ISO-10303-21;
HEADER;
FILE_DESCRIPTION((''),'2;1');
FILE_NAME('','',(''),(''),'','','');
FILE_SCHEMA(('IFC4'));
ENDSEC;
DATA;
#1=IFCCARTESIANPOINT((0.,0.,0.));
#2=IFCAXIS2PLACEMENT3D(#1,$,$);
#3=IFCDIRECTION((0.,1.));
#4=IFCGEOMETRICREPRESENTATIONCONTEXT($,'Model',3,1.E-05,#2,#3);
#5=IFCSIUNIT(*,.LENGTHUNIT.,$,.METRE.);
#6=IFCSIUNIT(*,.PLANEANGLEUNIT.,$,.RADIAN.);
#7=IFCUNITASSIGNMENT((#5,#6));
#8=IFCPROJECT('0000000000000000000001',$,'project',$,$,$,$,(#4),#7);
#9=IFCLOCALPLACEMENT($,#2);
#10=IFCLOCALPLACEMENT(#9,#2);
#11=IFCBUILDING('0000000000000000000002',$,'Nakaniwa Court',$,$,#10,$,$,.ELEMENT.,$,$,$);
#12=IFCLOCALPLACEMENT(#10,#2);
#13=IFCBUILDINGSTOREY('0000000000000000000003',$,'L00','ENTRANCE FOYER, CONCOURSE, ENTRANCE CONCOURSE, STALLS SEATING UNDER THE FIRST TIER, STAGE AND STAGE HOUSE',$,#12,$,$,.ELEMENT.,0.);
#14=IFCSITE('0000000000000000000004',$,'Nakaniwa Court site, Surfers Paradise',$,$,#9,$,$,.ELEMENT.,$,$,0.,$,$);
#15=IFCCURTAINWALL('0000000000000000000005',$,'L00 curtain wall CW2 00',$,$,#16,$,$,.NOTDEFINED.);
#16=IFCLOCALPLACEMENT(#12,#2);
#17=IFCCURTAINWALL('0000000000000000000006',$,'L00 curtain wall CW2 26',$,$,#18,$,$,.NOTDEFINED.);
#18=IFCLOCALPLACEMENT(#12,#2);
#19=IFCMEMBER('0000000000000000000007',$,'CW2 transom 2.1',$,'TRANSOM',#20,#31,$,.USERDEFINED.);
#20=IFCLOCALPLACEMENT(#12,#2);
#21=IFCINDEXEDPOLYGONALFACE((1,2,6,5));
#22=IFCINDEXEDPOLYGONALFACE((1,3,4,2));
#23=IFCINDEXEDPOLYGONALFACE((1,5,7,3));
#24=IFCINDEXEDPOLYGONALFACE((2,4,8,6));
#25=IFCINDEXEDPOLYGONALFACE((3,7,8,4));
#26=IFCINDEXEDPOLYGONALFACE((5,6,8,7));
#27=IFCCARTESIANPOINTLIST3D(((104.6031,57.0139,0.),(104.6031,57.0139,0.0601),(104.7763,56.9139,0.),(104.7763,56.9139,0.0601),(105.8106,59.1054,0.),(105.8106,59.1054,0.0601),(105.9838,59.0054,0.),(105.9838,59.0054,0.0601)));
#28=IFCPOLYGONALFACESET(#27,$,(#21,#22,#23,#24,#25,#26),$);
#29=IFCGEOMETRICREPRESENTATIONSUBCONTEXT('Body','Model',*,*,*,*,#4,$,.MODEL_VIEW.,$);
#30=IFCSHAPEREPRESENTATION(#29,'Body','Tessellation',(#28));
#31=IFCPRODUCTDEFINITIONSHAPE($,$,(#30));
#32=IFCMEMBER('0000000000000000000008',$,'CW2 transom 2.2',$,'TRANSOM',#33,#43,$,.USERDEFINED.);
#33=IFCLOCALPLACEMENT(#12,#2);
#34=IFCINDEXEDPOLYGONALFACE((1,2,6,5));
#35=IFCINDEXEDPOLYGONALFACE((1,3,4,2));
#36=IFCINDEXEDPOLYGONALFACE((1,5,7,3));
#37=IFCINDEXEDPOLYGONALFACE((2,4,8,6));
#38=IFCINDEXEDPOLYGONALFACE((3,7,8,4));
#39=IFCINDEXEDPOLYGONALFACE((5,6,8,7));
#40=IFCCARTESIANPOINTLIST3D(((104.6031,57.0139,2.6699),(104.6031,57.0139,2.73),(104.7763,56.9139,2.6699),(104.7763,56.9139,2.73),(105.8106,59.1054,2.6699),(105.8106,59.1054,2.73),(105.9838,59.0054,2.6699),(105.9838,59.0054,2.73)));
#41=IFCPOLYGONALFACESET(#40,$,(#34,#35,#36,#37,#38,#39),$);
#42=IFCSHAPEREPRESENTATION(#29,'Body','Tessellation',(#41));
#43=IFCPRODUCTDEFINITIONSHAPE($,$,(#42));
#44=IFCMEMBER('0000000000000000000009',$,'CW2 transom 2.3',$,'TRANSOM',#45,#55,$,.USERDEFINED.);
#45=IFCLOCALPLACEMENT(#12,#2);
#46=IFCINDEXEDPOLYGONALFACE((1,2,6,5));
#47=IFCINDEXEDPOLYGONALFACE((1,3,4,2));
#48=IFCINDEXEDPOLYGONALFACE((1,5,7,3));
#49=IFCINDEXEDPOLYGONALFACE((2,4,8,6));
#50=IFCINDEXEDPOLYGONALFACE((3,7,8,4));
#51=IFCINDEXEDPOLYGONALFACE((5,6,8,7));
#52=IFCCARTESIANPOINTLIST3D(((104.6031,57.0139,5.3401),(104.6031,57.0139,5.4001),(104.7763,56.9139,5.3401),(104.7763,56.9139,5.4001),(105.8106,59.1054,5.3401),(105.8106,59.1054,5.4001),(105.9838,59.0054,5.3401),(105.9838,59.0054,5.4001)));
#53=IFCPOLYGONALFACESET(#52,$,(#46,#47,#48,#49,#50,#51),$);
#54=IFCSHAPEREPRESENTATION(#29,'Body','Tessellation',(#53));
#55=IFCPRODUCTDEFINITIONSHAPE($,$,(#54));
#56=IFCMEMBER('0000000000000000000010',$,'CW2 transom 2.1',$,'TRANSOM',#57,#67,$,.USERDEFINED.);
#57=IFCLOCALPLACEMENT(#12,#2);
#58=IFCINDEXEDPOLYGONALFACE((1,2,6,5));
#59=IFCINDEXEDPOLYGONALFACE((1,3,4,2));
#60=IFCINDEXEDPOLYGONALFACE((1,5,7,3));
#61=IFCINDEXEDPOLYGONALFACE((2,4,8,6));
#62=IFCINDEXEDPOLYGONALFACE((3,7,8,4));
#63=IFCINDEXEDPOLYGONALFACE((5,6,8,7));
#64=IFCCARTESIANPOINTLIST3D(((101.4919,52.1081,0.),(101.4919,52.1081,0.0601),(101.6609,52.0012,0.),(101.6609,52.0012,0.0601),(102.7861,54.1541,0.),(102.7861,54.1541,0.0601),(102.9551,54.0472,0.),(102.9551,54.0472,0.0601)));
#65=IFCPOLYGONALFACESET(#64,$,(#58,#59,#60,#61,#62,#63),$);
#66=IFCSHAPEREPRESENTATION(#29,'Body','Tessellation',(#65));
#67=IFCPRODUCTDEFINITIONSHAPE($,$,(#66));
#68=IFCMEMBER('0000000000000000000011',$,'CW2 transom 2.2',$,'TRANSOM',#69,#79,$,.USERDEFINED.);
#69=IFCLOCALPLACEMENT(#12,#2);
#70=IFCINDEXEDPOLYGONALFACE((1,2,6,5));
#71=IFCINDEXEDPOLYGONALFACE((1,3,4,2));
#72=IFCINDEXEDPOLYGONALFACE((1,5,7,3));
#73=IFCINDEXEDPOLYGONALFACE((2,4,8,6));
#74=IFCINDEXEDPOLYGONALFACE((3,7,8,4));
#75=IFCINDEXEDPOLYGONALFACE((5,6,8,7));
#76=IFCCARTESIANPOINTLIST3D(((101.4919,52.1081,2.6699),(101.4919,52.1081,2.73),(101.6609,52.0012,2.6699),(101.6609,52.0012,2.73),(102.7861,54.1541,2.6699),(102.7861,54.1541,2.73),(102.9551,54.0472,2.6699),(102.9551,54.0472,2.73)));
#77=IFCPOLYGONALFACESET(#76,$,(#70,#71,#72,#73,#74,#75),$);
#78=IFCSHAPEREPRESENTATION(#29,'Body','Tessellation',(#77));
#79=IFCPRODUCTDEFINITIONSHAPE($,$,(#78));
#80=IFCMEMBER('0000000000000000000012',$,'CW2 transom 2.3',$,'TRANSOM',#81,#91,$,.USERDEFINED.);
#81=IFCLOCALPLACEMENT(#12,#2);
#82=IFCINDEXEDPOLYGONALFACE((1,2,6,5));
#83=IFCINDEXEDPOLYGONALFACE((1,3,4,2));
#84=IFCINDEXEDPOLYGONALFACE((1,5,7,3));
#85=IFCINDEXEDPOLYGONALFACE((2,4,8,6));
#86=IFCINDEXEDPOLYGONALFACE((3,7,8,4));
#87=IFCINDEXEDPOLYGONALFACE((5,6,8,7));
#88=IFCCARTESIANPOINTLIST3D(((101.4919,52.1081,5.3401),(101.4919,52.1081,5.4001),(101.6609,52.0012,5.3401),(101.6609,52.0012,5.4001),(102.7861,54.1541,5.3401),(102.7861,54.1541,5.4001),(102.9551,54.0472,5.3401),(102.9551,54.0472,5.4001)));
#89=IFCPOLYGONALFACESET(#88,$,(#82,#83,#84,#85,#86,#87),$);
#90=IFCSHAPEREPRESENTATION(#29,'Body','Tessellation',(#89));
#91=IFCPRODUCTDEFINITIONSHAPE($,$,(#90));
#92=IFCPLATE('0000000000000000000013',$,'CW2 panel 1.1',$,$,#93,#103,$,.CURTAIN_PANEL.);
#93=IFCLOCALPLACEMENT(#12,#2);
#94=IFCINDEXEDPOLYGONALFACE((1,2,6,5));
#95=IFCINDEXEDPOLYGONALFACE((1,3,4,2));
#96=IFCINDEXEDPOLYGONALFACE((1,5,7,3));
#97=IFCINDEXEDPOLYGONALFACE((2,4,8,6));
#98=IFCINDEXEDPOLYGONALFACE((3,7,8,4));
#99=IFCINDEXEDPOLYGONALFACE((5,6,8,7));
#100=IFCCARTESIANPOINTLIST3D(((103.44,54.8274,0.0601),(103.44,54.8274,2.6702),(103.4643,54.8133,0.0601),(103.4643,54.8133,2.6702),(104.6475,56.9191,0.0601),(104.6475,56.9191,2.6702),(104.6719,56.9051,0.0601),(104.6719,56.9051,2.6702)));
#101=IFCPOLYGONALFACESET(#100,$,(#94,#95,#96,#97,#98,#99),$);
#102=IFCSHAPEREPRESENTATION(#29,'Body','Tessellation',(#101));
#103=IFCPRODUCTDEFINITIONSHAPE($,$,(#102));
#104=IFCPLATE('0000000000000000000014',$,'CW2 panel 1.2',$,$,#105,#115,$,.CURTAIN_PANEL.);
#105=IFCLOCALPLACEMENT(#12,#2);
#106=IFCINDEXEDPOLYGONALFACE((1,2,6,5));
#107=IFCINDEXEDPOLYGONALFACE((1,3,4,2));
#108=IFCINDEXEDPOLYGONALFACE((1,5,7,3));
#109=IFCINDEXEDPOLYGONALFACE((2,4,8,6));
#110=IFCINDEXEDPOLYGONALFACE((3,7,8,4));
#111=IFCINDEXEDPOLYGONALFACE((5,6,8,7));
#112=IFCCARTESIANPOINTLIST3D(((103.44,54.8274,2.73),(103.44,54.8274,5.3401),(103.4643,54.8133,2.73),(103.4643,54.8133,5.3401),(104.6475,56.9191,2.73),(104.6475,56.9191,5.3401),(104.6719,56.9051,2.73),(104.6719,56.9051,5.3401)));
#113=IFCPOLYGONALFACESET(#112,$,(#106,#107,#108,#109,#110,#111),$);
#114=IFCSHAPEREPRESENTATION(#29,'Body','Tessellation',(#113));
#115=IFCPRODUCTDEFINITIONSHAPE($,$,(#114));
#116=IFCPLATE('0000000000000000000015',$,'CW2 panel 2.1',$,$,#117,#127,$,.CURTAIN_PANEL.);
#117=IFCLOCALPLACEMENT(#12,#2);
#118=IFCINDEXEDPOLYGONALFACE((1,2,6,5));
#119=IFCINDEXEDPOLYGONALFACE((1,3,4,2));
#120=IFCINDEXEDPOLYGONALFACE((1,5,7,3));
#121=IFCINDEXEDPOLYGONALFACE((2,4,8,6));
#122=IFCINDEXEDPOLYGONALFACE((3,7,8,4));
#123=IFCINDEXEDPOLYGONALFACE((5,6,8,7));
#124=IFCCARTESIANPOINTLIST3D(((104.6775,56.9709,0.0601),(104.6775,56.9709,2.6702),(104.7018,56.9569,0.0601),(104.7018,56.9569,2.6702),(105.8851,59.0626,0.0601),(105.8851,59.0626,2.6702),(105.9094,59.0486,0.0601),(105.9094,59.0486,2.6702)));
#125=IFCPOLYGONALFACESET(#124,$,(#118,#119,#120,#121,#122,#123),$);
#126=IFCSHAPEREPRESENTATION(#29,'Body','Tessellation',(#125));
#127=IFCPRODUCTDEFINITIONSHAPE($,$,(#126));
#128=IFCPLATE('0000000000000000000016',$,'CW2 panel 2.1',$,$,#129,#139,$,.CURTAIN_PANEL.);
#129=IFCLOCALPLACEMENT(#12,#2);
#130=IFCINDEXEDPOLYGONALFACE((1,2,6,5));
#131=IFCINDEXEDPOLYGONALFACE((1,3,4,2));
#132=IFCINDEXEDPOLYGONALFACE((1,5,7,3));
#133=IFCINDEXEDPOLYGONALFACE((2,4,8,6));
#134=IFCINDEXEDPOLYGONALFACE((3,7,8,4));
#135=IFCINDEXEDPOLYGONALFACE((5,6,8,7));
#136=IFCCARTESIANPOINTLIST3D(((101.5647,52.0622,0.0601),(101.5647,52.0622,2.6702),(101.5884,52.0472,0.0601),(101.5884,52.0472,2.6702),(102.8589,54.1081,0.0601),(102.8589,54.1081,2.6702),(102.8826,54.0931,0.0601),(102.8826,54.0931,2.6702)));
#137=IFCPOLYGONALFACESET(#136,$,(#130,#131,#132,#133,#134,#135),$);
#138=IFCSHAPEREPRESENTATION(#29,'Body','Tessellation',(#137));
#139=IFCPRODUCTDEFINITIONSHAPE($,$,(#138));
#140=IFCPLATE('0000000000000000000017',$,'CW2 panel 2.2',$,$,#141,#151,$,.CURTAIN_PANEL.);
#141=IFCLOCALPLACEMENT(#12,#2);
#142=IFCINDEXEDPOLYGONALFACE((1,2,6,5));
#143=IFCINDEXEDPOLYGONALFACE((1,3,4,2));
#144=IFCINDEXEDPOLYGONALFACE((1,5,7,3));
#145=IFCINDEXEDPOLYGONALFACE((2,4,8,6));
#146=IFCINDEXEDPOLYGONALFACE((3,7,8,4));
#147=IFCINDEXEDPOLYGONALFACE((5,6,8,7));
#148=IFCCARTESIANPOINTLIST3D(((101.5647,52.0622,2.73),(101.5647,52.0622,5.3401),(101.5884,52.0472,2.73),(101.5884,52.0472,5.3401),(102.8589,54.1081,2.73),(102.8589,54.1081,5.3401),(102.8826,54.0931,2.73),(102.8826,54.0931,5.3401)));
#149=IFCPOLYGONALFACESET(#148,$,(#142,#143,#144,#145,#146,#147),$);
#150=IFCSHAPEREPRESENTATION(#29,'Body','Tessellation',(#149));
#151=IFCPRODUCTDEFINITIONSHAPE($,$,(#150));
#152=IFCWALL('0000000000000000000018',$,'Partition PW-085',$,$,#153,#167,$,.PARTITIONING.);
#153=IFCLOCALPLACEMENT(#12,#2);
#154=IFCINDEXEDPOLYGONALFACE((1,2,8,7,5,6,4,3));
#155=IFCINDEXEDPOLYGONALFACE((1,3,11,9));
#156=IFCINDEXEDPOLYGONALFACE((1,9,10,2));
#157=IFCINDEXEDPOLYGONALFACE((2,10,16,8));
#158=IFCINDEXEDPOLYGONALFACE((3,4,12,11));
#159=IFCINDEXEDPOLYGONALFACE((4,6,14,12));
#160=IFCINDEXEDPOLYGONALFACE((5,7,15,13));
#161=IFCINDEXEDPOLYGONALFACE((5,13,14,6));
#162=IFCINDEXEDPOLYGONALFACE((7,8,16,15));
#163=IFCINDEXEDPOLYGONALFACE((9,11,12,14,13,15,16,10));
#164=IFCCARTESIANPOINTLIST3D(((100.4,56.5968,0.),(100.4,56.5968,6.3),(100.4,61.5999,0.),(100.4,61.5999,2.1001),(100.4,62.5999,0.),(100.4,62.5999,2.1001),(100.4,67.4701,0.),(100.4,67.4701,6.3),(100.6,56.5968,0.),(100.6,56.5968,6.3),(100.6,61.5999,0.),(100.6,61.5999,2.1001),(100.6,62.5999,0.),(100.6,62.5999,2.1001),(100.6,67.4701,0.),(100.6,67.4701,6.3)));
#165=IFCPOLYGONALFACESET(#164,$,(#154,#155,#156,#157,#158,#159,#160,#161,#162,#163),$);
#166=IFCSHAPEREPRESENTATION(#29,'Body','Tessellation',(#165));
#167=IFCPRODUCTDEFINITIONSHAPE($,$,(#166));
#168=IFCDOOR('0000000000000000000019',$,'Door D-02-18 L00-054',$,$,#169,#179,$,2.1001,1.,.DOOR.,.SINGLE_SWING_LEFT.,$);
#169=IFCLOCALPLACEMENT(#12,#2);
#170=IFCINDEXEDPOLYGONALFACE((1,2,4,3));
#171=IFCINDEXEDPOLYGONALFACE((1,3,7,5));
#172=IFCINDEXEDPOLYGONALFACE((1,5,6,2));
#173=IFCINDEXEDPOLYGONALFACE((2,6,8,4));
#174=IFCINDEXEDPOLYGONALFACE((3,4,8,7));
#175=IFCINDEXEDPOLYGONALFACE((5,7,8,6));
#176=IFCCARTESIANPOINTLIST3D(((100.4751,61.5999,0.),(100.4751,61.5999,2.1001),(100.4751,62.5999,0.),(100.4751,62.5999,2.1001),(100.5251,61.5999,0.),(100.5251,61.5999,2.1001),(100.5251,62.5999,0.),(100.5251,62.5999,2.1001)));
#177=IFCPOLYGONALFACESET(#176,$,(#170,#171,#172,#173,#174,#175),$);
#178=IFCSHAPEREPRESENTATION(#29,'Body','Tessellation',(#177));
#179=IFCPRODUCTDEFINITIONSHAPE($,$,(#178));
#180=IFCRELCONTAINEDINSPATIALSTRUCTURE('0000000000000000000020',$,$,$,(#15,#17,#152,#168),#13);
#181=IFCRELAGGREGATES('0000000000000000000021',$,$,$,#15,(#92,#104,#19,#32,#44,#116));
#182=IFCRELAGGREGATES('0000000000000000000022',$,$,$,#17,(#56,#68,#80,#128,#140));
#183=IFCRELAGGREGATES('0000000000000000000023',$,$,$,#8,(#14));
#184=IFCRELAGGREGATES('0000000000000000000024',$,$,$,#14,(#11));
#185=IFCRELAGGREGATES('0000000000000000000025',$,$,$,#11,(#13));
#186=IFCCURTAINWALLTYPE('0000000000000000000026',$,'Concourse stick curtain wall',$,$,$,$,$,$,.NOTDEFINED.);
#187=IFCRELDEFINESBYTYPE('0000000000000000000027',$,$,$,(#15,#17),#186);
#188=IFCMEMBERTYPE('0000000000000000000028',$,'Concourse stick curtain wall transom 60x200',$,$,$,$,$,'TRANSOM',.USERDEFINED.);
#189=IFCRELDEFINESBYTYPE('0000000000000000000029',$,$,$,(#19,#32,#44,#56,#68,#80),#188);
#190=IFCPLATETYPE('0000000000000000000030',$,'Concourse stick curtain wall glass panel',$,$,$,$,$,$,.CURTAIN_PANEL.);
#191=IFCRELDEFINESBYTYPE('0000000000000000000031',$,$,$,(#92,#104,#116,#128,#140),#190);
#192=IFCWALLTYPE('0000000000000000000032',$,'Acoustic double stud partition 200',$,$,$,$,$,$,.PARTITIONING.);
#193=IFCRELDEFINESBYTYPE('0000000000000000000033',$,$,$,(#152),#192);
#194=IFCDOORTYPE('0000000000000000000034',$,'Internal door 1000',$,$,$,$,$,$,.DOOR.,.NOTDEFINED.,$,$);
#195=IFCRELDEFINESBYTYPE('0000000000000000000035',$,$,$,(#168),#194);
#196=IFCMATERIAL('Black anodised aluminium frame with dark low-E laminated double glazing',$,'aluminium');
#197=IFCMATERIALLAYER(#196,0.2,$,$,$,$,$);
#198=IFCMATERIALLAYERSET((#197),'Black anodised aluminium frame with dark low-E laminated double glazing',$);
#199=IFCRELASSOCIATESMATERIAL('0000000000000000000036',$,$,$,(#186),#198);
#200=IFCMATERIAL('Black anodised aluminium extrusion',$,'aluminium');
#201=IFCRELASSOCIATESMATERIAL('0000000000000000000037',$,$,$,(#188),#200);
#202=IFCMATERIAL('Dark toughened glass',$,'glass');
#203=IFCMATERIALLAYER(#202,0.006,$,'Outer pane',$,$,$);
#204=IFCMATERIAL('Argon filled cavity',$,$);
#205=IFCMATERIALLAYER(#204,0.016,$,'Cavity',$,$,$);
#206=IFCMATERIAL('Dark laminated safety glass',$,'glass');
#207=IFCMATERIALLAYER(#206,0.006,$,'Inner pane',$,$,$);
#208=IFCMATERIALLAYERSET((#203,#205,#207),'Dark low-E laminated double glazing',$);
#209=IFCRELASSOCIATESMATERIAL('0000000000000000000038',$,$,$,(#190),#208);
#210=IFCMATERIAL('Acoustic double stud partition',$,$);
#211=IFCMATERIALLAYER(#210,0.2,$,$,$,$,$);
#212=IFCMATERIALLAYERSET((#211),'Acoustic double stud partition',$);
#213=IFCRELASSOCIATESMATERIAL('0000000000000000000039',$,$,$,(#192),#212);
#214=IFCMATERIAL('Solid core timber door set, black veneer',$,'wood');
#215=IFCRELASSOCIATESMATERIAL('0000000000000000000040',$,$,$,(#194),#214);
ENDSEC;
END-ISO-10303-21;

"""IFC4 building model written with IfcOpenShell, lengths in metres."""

from ifc_helpers import new_model, si_unit, direction, frame, frame_2d, origin, origin_2d, place, context, subcontext, project, spatial, rectangle, extrude, material, layer, layer_set, material_profile, profile_set, type_object, element, fill, aggregate, save


model = new_model("IFC4")

# Units and contexts
model_context = context("Model", 3, precision=1e-05, world=origin(), true_north=direction((0.0, 1.0)))
body_context = subcontext(model_context, "Body", "Model", "MODEL_VIEW")
ifc_project = project(units=[si_unit("LENGTHUNIT", "METRE"), si_unit("PLANEANGLEUNIT", "RADIAN")], contexts=[model_context])

# Site, building, storey
site_placement = place(None, origin())
site = spatial("IfcSite", under=ifc_project, at=site_placement, Name="Nakaniwa Court site, Surfers Paradise", CompositionType="ELEMENT", RefElevation=0.0)
building_placement = place(site_placement, origin())
building = spatial("IfcBuilding", under=site, at=building_placement, Name="Nakaniwa Court", CompositionType="ELEMENT")
storey_placement = place(building_placement, origin())
storey = spatial("IfcBuildingStorey", under=building, at=storey_placement, Name="L00", Description="ENTRANCE FOYER, CONCOURSE, ENTRANCE CONCOURSE, STALLS SEATING UNDER THE FIRST TIER, STAGE AND STAGE HOUSE", CompositionType="ELEMENT", Elevation=0.0)

# Curtain wall
ifc_material_1 = material(Name="Black anodised aluminium frame with dark low-E laminated double glazing", Category="aluminium")
ifc_layer_1 = layer(ifc_material_1, 0.2)
ifc_layer_set_1 = layer_set([ifc_layer_1], Name="Black anodised aluminium frame with dark low-E laminated double glazing")
curtain_wall_type = type_object("IfcCurtainWallType", Name="Concourse stick curtain wall", PredefinedType="NOTDEFINED", material=ifc_layer_set_1)
curtain_wall_1_placement = place(storey_placement, origin())
curtain_wall_1 = element("IfcCurtainWall", 1, at=curtain_wall_1_placement, inside=storey, type_object=curtain_wall_type, Name="L00 curtain wall CW2 00", PredefinedType="NOTDEFINED")
ifc_material_2 = material(Name="Black anodised aluminium extrusion", Category="aluminium")

# Curtain wall
curtain_wall_2_placement = place(storey_placement, origin())
curtain_wall_2 = element("IfcCurtainWall", 2, at=curtain_wall_2_placement, inside=storey, type_object=curtain_wall_type, Name="L00 curtain wall CW2 26", PredefinedType="NOTDEFINED")

# Members
ifc_material_profile_1 = material_profile(ifc_material_2, rectangle(XDim=0.2, YDim=0.0601, at=origin_2d()), Name="Concourse stick curtain wall transom 60x200")
ifc_profile_set_1 = profile_set([ifc_material_profile_1], Name="Black anodised aluminium extrusion")
member_type_1 = type_object("IfcMemberType", Name="Concourse stick curtain wall transom 60x200", ElementType="TRANSOM", PredefinedType="USERDEFINED", material=ifc_profile_set_1)
member_1_placement = place(storey_placement, frame((104.6897, 56.9639, 0.03), z_axis=(0.499988, 0.866032, 0.0), x_axis=(-0.866032, 0.499988, 0.0)))
member_1 = element("IfcMember", 3, at=member_1_placement, type_object=member_type_1, Name="CW2 transom 2.1", ObjectType="TRANSOM", PredefinedType="USERDEFINED", context=body_context, shape_type="SweptSolid", body=[
    extrude(rectangle(XDim=0.2, YDim=0.0601, at=origin_2d()), origin(), (0.0, 0.0, 1.0), 2.415),
])
member_2_placement = place(storey_placement, frame((104.6897, 56.9639, 2.7), z_axis=(0.499988, 0.866032, 0.0), x_axis=(-0.866032, 0.499988, 0.0)))
member_2 = element("IfcMember", 4, at=member_2_placement, type_object=member_type_1, Name="CW2 transom 2.2", ObjectType="TRANSOM", PredefinedType="USERDEFINED", context=body_context, shape_type="SweptSolid", body=[
    extrude(rectangle(XDim=0.2, YDim=0.0601, at=origin_2d()), origin(), (0.0, 0.0, 1.0), 2.415),
])
member_3_placement = place(storey_placement, frame((104.6897, 56.9639, 5.3701), z_axis=(0.499988, 0.866032, 0.0), x_axis=(-0.866032, 0.499988, 0.0)))
member_3 = element("IfcMember", 5, at=member_3_placement, type_object=member_type_1, Name="CW2 transom 2.3", ObjectType="TRANSOM", PredefinedType="USERDEFINED", context=body_context, shape_type="SweptSolid", body=[
    extrude(rectangle(XDim=0.2, YDim=0.0601, at=origin_2d()), origin(), (0.0, 0.0, 1.0), 2.415),
])
member_4_placement = place(storey_placement, frame((101.5764, 52.0547, 0.03), z_axis=(0.534596, 0.845108, 0.0), x_axis=(-0.845108, 0.534596, 0.0)))
member_4 = element("IfcMember", 6, at=member_4_placement, type_object=member_type_1, Name="CW2 transom 2.1", ObjectType="TRANSOM", PredefinedType="USERDEFINED", context=body_context, shape_type="SweptSolid", body=[
    extrude(rectangle(XDim=0.2, YDim=0.0601, at=origin_2d()), origin(), (0.0, 0.0, 1.0), 2.4209),
])
member_5_placement = place(storey_placement, frame((101.5764, 52.0547, 2.7), z_axis=(0.534596, 0.845108, 0.0), x_axis=(-0.845108, 0.534596, 0.0)))
member_5 = element("IfcMember", 7, at=member_5_placement, type_object=member_type_1, Name="CW2 transom 2.2", ObjectType="TRANSOM", PredefinedType="USERDEFINED", context=body_context, shape_type="SweptSolid", body=[
    extrude(rectangle(XDim=0.2, YDim=0.0601, at=origin_2d()), origin(), (0.0, 0.0, 1.0), 2.4209),
])
member_6_placement = place(storey_placement, frame((101.5764, 52.0547, 5.3701), z_axis=(0.534596, 0.845108, 0.0), x_axis=(-0.845108, 0.534596, 0.0)))
member_6 = element("IfcMember", 8, at=member_6_placement, type_object=member_type_1, Name="CW2 transom 2.3", ObjectType="TRANSOM", PredefinedType="USERDEFINED", context=body_context, shape_type="SweptSolid", body=[
    extrude(rectangle(XDim=0.2, YDim=0.0601, at=origin_2d()), origin(), (0.0, 0.0, 1.0), 2.4209),
])

# Plates
ifc_material_3 = material(Name="Dark toughened glass", Category="glass")
ifc_layer_2 = layer(ifc_material_3, 0.006, Name="Outer pane")
ifc_material_4 = material(Name="Argon filled cavity")
ifc_layer_3 = layer(ifc_material_4, 0.016, Name="Cavity")
ifc_material_5 = material(Name="Dark laminated safety glass", Category="glass")
ifc_layer_4 = layer(ifc_material_5, 0.006, Name="Inner pane")
ifc_layer_set_2 = layer_set([ifc_layer_2, ifc_layer_3, ifc_layer_4], Name="Dark low-E laminated double glazing")
plate_type = type_object("IfcPlateType", Name="Concourse stick curtain wall glass panel", PredefinedType="CURTAIN_PANEL", material=ifc_layer_set_2)
plate_1_placement = place(storey_placement, frame((104.0559, 55.8662, 0.0601), z_axis=(0.0, 0.0, 1.0), x_axis=(0.499979, 0.866037, 0.0)))
plate_1 = element("IfcPlate", 9, at=plate_1_placement, type_object=plate_type, Name="CW2 panel 1.1", PredefinedType="CURTAIN_PANEL", context=body_context, shape_type="SweptSolid", body=[
    extrude(rectangle(XDim=2.4153, YDim=0.0281, at=origin_2d()), origin(), (0.0, 0.0, 1.0), 2.6101),
])
plate_2_placement = place(storey_placement, frame((104.0559, 55.8662, 2.73), z_axis=(0.0, 0.0, 1.0), x_axis=(0.499979, 0.866037, 0.0)))
plate_2 = element("IfcPlate", 10, at=plate_2_placement, type_object=plate_type, Name="CW2 panel 1.2", PredefinedType="CURTAIN_PANEL", context=body_context, shape_type="SweptSolid", body=[
    extrude(rectangle(XDim=2.4153, YDim=0.0281, at=origin_2d()), origin(), (0.0, 0.0, 1.0), 2.6101),
])
plate_3_placement = place(storey_placement, frame((105.2935, 58.0098, 0.0601), z_axis=(0.0, 0.0, 1.0), x_axis=(0.499979, 0.866037, 0.0)))
plate_3 = element("IfcPlate", 11, at=plate_3_placement, type_object=plate_type, Name="CW2 panel 2.1", PredefinedType="CURTAIN_PANEL", context=body_context, shape_type="SweptSolid", body=[
    extrude(rectangle(XDim=2.4153, YDim=0.0281, at=origin_2d()), origin(), (0.0, 0.0, 1.0), 2.6101),
])
aggregate(curtain_wall_1, [plate_1, plate_2, member_1, member_2, member_3, plate_3])
plate_4_placement = place(storey_placement, frame((102.2236, 53.0776, 0.0601), z_axis=(0.0, 0.0, 1.0), x_axis=(0.534597, 0.845107, 0.0)))
plate_4 = element("IfcPlate", 12, at=plate_4_placement, type_object=plate_type, Name="CW2 panel 2.1", PredefinedType="CURTAIN_PANEL", context=body_context, shape_type="SweptSolid", body=[
    extrude(rectangle(XDim=2.4209, YDim=0.0281, at=origin_2d()), origin(), (0.0, 0.0, 1.0), 2.6101),
])
plate_5_placement = place(storey_placement, frame((102.2236, 53.0776, 2.73), z_axis=(0.0, 0.0, 1.0), x_axis=(0.534597, 0.845107, 0.0)))
plate_5 = element("IfcPlate", 13, at=plate_5_placement, type_object=plate_type, Name="CW2 panel 2.2", PredefinedType="CURTAIN_PANEL", context=body_context, shape_type="SweptSolid", body=[
    extrude(rectangle(XDim=2.4209, YDim=0.0281, at=origin_2d()), origin(), (0.0, 0.0, 1.0), 2.6101),
])
aggregate(curtain_wall_2, [member_4, member_5, member_6, plate_4, plate_5])

# Wall, opening, door
ifc_material_6 = material(Name="Acoustic double stud partition")
ifc_layer_5 = layer(ifc_material_6, 0.2)
ifc_layer_set_3 = layer_set([ifc_layer_5], Name="Acoustic double stud partition")
wall_type = type_object("IfcWallType", Name="Acoustic double stud partition 200", PredefinedType="PARTITIONING", material=ifc_layer_set_3)
wall_1_placement = place(storey_placement, frame((100.5, 56.5969, 0.0), z_axis=(0.0, 0.0, 1.0), x_axis=(0.0, 1.0, 0.0)))
wall_1 = element("IfcWall", 14, at=wall_1_placement, inside=storey, type_object=wall_type, Name="Partition PW-085", PredefinedType="PARTITIONING", context=body_context, shape_type="SweptSolid", body=[
    extrude(rectangle(XDim=10.8733, YDim=0.2, at=frame_2d((5.4365, 0.0))), origin(), (0.0, 0.0, 1.0), 6.3),
])
opening_1_placement = place(wall_1_placement, frame((5.0029, 0.0, 0.0)))
opening_1 = element("IfcOpeningElement", 15, at=opening_1_placement, cuts=wall_1, PredefinedType="OPENING", context=body_context, shape_type="SweptSolid", body=[
    extrude(rectangle(XDim=1.0, YDim=2.1001, at=frame_2d((0.5, 1.05))), frame((0.0, 0.1099, 0.0), z_axis=(0.0, -1.0, 0.0), x_axis=(1.0, 0.0, 0.0)), (0.0, 0.0, 1.0), 0.22),
])
ifc_material_7 = material(Name="Solid core timber door set, black veneer", Category="wood")
door_type = type_object("IfcDoorType", Name="Internal door 1000", OperationType="NOTDEFINED", PredefinedType="DOOR", material=ifc_material_7)
door_1_placement = place(opening_1_placement, origin())
door_1 = element("IfcDoor", 16, at=door_1_placement, inside=storey, type_object=door_type, Name="Door D-02-18 L00-054", OperationType="SINGLE_SWING_LEFT", OverallHeight=2.1001, OverallWidth=1.0, PredefinedType="DOOR", context=body_context, shape_type="SweptSolid", body=[
    extrude(rectangle(XDim=1.0, YDim=2.1001, at=frame_2d((0.5, 1.05))), frame((0.0, 0.0249, 0.0), z_axis=(0.0, -1.0, 0.0), x_axis=(1.0, 0.0, 0.0)), (0.0, 0.0, 1.0), 0.05),
])
fill(opening_1, door_1)

save(model, "model.ifc")
